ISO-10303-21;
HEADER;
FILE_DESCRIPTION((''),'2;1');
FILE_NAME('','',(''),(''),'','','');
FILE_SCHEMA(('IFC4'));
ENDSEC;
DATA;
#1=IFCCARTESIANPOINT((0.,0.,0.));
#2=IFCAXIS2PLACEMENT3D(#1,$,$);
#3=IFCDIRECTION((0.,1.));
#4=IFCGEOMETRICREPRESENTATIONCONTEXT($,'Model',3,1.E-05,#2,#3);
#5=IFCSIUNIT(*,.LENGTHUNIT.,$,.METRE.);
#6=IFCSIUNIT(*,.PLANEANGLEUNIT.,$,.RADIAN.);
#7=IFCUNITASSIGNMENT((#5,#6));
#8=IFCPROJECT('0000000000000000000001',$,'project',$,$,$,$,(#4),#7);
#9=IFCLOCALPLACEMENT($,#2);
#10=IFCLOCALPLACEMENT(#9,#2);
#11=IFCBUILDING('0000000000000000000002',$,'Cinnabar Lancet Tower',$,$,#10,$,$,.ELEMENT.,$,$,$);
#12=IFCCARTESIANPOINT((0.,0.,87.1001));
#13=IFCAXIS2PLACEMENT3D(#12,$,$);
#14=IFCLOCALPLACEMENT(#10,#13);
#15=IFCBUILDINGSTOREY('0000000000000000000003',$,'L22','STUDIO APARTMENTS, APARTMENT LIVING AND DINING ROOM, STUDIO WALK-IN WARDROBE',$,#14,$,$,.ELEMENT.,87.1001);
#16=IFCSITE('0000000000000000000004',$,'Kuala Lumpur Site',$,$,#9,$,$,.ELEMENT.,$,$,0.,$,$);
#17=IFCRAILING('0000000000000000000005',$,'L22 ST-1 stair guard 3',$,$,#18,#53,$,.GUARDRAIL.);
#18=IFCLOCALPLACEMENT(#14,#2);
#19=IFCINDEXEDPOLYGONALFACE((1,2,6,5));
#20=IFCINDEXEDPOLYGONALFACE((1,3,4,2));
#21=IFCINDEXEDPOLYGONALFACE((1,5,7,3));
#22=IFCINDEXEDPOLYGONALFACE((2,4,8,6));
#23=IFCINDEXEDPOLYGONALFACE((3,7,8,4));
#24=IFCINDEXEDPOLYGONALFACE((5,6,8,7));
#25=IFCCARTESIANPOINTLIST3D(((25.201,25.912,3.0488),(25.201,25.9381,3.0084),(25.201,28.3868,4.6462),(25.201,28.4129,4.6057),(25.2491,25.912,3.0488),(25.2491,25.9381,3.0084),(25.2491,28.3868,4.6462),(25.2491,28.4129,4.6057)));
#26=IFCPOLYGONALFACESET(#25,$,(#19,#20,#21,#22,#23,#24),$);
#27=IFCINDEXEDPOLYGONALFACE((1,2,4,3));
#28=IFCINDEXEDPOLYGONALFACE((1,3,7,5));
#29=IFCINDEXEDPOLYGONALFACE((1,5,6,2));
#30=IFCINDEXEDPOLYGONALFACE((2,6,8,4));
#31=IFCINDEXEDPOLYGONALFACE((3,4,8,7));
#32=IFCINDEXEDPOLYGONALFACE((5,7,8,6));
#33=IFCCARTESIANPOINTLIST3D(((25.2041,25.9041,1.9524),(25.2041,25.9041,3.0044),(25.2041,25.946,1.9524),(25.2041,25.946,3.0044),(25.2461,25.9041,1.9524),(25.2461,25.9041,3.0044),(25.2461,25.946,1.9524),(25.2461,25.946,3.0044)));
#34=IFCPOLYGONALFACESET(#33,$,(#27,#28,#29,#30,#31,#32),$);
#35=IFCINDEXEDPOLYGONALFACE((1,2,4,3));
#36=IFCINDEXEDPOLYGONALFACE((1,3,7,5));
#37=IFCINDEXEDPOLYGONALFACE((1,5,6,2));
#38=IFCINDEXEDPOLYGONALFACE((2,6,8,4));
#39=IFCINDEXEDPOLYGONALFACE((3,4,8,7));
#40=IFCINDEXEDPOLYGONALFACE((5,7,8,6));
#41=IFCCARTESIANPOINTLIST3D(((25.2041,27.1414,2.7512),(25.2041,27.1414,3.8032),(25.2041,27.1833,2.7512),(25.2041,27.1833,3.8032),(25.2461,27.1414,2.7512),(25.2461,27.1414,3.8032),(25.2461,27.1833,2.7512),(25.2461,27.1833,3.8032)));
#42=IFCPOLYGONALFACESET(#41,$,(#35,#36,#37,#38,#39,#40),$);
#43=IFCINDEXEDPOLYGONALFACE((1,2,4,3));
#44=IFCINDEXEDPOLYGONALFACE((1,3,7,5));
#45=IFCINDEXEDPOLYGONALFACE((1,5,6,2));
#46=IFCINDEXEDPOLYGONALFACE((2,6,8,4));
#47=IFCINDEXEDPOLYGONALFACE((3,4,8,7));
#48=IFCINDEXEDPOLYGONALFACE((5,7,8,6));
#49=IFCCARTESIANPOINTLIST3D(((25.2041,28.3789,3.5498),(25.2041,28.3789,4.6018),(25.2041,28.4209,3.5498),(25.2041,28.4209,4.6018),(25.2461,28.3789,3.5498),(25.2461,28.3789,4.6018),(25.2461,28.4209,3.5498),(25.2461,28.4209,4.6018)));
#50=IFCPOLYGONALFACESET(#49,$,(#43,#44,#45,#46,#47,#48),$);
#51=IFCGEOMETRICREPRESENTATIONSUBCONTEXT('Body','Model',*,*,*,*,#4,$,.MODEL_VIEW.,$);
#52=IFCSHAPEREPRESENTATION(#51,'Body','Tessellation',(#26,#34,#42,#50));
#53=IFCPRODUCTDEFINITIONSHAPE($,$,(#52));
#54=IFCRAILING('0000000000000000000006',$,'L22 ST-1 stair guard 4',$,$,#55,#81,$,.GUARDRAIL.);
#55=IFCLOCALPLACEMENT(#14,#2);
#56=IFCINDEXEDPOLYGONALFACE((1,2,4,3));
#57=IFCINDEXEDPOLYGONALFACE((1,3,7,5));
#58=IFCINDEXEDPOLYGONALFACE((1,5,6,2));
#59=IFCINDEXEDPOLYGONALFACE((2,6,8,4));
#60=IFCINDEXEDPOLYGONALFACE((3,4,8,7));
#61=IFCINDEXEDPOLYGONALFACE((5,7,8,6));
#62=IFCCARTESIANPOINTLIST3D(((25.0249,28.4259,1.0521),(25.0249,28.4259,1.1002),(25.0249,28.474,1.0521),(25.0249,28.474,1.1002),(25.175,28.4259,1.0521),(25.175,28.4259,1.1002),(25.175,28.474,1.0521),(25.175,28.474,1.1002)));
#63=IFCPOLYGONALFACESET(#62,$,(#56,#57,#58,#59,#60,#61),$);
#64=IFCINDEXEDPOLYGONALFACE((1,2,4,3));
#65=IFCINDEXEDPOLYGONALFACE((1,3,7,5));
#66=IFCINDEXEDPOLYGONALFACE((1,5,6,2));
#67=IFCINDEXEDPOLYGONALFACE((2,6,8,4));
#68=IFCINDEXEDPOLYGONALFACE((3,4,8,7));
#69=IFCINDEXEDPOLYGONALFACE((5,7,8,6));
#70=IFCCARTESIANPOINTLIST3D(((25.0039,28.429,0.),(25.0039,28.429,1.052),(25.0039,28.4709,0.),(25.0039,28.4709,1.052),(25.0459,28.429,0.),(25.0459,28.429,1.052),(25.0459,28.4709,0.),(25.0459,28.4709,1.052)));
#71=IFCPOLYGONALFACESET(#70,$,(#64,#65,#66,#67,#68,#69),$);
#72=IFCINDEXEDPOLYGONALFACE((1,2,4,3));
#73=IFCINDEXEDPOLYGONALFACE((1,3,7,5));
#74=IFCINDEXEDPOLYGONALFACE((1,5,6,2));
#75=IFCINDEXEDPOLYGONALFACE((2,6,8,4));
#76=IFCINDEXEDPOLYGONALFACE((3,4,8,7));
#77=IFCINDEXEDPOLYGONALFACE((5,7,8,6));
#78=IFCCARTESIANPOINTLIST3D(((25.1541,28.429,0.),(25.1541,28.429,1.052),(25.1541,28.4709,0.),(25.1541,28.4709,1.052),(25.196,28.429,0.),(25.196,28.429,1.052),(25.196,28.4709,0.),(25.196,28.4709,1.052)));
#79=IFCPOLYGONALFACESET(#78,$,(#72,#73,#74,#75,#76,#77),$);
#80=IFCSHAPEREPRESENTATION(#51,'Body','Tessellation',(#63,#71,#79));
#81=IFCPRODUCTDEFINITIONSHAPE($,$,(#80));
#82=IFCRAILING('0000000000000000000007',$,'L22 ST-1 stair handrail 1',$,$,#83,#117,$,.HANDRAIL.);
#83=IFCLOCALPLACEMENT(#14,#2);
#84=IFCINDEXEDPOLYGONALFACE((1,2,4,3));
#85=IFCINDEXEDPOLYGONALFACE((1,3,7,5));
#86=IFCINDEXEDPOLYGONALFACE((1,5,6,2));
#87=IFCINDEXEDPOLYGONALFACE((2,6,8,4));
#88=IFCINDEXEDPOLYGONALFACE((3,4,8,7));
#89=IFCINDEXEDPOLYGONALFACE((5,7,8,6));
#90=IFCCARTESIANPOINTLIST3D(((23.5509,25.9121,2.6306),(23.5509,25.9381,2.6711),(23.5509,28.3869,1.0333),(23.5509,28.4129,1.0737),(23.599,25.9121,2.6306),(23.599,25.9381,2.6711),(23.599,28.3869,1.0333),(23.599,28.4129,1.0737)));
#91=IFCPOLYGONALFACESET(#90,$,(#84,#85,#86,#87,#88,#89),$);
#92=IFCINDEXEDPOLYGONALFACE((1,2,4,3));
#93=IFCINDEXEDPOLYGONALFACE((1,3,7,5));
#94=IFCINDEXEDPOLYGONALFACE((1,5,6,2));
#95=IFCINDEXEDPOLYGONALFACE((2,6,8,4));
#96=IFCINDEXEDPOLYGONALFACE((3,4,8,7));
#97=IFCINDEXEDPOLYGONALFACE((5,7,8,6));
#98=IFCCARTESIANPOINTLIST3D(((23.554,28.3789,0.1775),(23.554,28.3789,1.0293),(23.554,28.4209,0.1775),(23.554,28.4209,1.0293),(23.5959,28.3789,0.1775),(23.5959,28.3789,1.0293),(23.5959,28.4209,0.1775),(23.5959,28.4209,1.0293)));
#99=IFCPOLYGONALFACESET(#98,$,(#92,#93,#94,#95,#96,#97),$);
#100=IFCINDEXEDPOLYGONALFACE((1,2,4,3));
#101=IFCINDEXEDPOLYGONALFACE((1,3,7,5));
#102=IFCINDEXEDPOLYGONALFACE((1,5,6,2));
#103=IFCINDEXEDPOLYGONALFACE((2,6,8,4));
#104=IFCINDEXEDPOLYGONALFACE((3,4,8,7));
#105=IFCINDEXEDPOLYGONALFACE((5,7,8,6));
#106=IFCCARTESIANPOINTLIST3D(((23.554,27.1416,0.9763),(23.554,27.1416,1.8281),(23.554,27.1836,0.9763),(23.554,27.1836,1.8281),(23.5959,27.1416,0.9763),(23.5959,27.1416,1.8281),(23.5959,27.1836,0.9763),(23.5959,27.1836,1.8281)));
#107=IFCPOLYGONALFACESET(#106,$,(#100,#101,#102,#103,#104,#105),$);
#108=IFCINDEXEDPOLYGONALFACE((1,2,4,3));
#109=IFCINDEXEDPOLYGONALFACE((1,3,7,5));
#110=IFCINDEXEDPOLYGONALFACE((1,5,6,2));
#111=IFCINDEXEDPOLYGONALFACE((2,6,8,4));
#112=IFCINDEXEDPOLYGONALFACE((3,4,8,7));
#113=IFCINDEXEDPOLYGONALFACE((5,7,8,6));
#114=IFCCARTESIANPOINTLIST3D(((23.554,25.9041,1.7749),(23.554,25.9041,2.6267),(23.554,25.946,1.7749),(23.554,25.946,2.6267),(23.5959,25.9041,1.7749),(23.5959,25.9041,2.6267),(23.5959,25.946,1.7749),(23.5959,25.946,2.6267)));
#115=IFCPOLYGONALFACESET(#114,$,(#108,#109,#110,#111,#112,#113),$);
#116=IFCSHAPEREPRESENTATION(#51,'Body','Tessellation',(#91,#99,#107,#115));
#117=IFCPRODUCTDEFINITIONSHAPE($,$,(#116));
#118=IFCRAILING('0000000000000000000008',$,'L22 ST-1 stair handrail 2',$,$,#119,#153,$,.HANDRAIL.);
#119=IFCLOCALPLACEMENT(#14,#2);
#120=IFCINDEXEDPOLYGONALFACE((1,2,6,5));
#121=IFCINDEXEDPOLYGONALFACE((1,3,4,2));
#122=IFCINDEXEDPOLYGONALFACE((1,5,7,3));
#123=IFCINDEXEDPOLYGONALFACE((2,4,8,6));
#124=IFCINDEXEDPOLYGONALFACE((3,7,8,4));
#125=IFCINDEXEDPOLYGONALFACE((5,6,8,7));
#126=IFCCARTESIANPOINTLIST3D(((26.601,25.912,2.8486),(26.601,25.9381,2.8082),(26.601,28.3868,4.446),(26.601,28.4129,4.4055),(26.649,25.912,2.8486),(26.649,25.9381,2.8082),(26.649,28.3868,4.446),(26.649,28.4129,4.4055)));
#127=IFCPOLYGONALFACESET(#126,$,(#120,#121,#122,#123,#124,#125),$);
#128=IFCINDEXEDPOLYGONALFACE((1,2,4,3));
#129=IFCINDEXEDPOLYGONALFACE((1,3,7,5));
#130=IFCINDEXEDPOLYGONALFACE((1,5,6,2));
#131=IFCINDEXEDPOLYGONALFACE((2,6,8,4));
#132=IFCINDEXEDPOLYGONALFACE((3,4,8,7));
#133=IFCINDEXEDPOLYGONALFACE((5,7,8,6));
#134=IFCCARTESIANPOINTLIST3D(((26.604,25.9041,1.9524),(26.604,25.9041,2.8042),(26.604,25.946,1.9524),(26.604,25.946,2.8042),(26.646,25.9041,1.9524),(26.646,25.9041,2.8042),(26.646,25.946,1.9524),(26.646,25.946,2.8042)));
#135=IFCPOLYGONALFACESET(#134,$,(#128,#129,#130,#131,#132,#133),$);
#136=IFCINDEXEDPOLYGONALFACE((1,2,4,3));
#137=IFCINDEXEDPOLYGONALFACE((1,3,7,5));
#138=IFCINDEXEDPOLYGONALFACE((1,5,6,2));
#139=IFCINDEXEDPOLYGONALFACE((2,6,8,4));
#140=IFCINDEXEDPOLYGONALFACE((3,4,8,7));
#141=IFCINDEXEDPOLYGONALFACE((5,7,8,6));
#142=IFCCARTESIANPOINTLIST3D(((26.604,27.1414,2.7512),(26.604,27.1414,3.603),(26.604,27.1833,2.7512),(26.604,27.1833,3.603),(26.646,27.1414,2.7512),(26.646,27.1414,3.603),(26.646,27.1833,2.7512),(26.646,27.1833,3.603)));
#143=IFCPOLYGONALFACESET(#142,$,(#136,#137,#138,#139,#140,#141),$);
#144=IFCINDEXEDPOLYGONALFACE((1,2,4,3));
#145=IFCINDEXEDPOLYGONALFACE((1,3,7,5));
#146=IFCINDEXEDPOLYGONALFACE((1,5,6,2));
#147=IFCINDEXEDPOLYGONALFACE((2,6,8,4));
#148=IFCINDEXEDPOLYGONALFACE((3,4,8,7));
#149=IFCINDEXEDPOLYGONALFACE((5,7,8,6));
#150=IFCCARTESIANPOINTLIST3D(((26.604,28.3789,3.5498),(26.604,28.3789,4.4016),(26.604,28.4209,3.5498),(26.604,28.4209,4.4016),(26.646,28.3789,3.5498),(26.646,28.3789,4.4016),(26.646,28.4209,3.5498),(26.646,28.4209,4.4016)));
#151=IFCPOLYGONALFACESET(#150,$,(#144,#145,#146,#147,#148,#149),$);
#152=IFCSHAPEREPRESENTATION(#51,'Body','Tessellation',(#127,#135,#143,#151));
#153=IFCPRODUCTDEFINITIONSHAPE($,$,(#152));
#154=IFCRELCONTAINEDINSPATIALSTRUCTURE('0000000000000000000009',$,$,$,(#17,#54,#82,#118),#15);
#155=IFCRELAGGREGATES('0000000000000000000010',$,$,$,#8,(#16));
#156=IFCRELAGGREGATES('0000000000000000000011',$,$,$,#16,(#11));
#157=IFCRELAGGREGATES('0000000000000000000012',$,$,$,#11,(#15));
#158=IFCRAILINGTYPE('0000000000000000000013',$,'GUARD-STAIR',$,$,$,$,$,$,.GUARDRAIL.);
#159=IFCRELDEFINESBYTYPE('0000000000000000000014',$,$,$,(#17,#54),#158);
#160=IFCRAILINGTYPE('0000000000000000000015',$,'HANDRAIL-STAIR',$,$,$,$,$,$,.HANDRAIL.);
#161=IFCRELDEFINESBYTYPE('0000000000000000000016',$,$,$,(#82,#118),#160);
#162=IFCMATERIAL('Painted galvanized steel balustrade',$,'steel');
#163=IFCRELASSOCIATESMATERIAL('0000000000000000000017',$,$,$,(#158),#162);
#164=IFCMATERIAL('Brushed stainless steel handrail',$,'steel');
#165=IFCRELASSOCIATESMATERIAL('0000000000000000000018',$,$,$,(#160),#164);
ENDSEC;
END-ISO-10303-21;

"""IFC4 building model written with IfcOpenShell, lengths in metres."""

from ifc_helpers import new_model, si_unit, direction, frame, origin, origin_2d, place, context, subcontext, project, spatial, rectangle, extrude, material, type_object, element, save


model = new_model("IFC4")

# Units and contexts
model_context = context("Model", 3, precision=1e-05, world=origin(), true_north=direction((0.0, 1.0)))
body_context = subcontext(model_context, "Body", "Model", "MODEL_VIEW")
ifc_project = project(units=[si_unit("LENGTHUNIT", "METRE"), si_unit("PLANEANGLEUNIT", "RADIAN")], contexts=[model_context])

# Site, building, storey
site_placement = place(None, origin())
site = spatial("IfcSite", under=ifc_project, at=site_placement, Name="Kuala Lumpur Site", CompositionType="ELEMENT", RefElevation=0.0)
building_placement = place(site_placement, origin())
building = spatial("IfcBuilding", under=site, at=building_placement, Name="Cinnabar Lancet Tower", CompositionType="ELEMENT")
storey_placement = place(building_placement, frame((0.0, 0.0, 87.1001)))
storey = spatial("IfcBuildingStorey", under=building, at=storey_placement, Name="L22", Description="STUDIO APARTMENTS, APARTMENT LIVING AND DINING ROOM, STUDIO WALK-IN WARDROBE", CompositionType="ELEMENT", Elevation=87.1001)

# Railings
ifc_material_1 = material(Name="Painted galvanized steel balustrade", Category="steel")
railing_type_1 = type_object("IfcRailingType", Name="GUARD-STAIR", PredefinedType="GUARDRAIL", material=ifc_material_1)
railing_1_placement = place(storey_placement, frame((25.2251, 25.925, 1.9524)))
element("IfcRailing", 1, at=railing_1_placement, inside=storey, type_object=railing_type_1, Name="L22 ST-1 stair guard 3", PredefinedType="GUARDRAIL", context=body_context, shape_type="SweptSolid", body=[
    extrude(rectangle(XDim=0.0481, YDim=0.0481, at=origin_2d()), frame((0.0, 0.0, 1.0762), z_axis=(0.0, 0.840183, 0.542302), x_axis=(-1.0, 0.0, 0.0)), (0.0, 0.0, 1.0), 2.9456),
    extrude(rectangle(XDim=0.042, YDim=0.042, at=origin_2d()), origin(), (0.0, 0.0, 1.0), 1.052),
    extrude(rectangle(XDim=0.042, YDim=0.042, at=origin_2d()), frame((0.0, 1.2373, 0.7988)), (0.0, 0.0, 1.0), 1.052),
    extrude(rectangle(XDim=0.042, YDim=0.042, at=origin_2d()), frame((0.0, 2.4749, 1.5974)), (0.0, 0.0, 1.0), 1.052),
])
railing_2_placement = place(storey_placement, frame((25.0249, 28.45, 0.0)))
element("IfcRailing", 2, at=railing_2_placement, inside=storey, type_object=railing_type_1, Name="L22 ST-1 stair guard 4", PredefinedType="GUARDRAIL", context=body_context, shape_type="SweptSolid", body=[
    extrude(rectangle(XDim=0.0481, YDim=0.0481, at=origin_2d()), frame((0.0, 0.0, 1.0762), z_axis=(1.0, 0.0, 0.0), x_axis=(0.0, 1.0, 0.0)), (0.0, 0.0, 1.0), 0.1501),
    extrude(rectangle(XDim=0.042, YDim=0.042, at=origin_2d()), origin(), (0.0, 0.0, 1.0), 1.052),
    extrude(rectangle(XDim=0.042, YDim=0.042, at=origin_2d()), frame((0.1501, 0.0, 0.0)), (0.0, 0.0, 1.0), 1.052),
])
ifc_material_2 = material(Name="Brushed stainless steel handrail", Category="steel")
railing_type_2 = type_object("IfcRailingType", Name="HANDRAIL-STAIR", PredefinedType="HANDRAIL", material=ifc_material_2)
railing_3_placement = place(storey_placement, frame((23.575, 28.3999, 0.1775)))
element("IfcRailing", 3, at=railing_3_placement, inside=storey, type_object=railing_type_2, Name="L22 ST-1 stair handrail 1", PredefinedType="HANDRAIL", context=body_context, shape_type="SweptSolid", body=[
    extrude(rectangle(XDim=0.0481, YDim=0.0481, at=origin_2d()), frame((0.0, 0.0, 0.876), z_axis=(0.0, -0.840183, 0.542302), x_axis=(1.0, 0.0, 0.0)), (0.0, 0.0, 1.0), 2.9456),
    extrude(rectangle(XDim=0.042, YDim=0.042, at=origin_2d()), origin(), (0.0, 0.0, 1.0), 0.8518),
    extrude(rectangle(XDim=0.042, YDim=0.042, at=origin_2d()), frame((0.0, -1.2373, 0.7988)), (0.0, 0.0, 1.0), 0.8518),
    extrude(rectangle(XDim=0.042, YDim=0.042, at=origin_2d()), frame((0.0, -2.4749, 1.5974)), (0.0, 0.0, 1.0), 0.8518),
])
railing_4_placement = place(storey_placement, frame((26.625, 25.925, 1.9524)))
element("IfcRailing", 4, at=railing_4_placement, inside=storey, type_object=railing_type_2, Name="L22 ST-1 stair handrail 2", PredefinedType="HANDRAIL", context=body_context, shape_type="SweptSolid", body=[
    extrude(rectangle(XDim=0.0481, YDim=0.0481, at=origin_2d()), frame((0.0, 0.0, 0.876), z_axis=(0.0, 0.840183, 0.542302), x_axis=(-1.0, 0.0, 0.0)), (0.0, 0.0, 1.0), 2.9456),
    extrude(rectangle(XDim=0.042, YDim=0.042, at=origin_2d()), origin(), (0.0, 0.0, 1.0), 0.8518),
    extrude(rectangle(XDim=0.042, YDim=0.042, at=origin_2d()), frame((0.0, 1.2373, 0.7988)), (0.0, 0.0, 1.0), 0.8518),
    extrude(rectangle(XDim=0.042, YDim=0.042, at=origin_2d()), frame((0.0, 2.4749, 1.5974)), (0.0, 0.0, 1.0), 0.8518),
])

save(model, "model.ifc")
